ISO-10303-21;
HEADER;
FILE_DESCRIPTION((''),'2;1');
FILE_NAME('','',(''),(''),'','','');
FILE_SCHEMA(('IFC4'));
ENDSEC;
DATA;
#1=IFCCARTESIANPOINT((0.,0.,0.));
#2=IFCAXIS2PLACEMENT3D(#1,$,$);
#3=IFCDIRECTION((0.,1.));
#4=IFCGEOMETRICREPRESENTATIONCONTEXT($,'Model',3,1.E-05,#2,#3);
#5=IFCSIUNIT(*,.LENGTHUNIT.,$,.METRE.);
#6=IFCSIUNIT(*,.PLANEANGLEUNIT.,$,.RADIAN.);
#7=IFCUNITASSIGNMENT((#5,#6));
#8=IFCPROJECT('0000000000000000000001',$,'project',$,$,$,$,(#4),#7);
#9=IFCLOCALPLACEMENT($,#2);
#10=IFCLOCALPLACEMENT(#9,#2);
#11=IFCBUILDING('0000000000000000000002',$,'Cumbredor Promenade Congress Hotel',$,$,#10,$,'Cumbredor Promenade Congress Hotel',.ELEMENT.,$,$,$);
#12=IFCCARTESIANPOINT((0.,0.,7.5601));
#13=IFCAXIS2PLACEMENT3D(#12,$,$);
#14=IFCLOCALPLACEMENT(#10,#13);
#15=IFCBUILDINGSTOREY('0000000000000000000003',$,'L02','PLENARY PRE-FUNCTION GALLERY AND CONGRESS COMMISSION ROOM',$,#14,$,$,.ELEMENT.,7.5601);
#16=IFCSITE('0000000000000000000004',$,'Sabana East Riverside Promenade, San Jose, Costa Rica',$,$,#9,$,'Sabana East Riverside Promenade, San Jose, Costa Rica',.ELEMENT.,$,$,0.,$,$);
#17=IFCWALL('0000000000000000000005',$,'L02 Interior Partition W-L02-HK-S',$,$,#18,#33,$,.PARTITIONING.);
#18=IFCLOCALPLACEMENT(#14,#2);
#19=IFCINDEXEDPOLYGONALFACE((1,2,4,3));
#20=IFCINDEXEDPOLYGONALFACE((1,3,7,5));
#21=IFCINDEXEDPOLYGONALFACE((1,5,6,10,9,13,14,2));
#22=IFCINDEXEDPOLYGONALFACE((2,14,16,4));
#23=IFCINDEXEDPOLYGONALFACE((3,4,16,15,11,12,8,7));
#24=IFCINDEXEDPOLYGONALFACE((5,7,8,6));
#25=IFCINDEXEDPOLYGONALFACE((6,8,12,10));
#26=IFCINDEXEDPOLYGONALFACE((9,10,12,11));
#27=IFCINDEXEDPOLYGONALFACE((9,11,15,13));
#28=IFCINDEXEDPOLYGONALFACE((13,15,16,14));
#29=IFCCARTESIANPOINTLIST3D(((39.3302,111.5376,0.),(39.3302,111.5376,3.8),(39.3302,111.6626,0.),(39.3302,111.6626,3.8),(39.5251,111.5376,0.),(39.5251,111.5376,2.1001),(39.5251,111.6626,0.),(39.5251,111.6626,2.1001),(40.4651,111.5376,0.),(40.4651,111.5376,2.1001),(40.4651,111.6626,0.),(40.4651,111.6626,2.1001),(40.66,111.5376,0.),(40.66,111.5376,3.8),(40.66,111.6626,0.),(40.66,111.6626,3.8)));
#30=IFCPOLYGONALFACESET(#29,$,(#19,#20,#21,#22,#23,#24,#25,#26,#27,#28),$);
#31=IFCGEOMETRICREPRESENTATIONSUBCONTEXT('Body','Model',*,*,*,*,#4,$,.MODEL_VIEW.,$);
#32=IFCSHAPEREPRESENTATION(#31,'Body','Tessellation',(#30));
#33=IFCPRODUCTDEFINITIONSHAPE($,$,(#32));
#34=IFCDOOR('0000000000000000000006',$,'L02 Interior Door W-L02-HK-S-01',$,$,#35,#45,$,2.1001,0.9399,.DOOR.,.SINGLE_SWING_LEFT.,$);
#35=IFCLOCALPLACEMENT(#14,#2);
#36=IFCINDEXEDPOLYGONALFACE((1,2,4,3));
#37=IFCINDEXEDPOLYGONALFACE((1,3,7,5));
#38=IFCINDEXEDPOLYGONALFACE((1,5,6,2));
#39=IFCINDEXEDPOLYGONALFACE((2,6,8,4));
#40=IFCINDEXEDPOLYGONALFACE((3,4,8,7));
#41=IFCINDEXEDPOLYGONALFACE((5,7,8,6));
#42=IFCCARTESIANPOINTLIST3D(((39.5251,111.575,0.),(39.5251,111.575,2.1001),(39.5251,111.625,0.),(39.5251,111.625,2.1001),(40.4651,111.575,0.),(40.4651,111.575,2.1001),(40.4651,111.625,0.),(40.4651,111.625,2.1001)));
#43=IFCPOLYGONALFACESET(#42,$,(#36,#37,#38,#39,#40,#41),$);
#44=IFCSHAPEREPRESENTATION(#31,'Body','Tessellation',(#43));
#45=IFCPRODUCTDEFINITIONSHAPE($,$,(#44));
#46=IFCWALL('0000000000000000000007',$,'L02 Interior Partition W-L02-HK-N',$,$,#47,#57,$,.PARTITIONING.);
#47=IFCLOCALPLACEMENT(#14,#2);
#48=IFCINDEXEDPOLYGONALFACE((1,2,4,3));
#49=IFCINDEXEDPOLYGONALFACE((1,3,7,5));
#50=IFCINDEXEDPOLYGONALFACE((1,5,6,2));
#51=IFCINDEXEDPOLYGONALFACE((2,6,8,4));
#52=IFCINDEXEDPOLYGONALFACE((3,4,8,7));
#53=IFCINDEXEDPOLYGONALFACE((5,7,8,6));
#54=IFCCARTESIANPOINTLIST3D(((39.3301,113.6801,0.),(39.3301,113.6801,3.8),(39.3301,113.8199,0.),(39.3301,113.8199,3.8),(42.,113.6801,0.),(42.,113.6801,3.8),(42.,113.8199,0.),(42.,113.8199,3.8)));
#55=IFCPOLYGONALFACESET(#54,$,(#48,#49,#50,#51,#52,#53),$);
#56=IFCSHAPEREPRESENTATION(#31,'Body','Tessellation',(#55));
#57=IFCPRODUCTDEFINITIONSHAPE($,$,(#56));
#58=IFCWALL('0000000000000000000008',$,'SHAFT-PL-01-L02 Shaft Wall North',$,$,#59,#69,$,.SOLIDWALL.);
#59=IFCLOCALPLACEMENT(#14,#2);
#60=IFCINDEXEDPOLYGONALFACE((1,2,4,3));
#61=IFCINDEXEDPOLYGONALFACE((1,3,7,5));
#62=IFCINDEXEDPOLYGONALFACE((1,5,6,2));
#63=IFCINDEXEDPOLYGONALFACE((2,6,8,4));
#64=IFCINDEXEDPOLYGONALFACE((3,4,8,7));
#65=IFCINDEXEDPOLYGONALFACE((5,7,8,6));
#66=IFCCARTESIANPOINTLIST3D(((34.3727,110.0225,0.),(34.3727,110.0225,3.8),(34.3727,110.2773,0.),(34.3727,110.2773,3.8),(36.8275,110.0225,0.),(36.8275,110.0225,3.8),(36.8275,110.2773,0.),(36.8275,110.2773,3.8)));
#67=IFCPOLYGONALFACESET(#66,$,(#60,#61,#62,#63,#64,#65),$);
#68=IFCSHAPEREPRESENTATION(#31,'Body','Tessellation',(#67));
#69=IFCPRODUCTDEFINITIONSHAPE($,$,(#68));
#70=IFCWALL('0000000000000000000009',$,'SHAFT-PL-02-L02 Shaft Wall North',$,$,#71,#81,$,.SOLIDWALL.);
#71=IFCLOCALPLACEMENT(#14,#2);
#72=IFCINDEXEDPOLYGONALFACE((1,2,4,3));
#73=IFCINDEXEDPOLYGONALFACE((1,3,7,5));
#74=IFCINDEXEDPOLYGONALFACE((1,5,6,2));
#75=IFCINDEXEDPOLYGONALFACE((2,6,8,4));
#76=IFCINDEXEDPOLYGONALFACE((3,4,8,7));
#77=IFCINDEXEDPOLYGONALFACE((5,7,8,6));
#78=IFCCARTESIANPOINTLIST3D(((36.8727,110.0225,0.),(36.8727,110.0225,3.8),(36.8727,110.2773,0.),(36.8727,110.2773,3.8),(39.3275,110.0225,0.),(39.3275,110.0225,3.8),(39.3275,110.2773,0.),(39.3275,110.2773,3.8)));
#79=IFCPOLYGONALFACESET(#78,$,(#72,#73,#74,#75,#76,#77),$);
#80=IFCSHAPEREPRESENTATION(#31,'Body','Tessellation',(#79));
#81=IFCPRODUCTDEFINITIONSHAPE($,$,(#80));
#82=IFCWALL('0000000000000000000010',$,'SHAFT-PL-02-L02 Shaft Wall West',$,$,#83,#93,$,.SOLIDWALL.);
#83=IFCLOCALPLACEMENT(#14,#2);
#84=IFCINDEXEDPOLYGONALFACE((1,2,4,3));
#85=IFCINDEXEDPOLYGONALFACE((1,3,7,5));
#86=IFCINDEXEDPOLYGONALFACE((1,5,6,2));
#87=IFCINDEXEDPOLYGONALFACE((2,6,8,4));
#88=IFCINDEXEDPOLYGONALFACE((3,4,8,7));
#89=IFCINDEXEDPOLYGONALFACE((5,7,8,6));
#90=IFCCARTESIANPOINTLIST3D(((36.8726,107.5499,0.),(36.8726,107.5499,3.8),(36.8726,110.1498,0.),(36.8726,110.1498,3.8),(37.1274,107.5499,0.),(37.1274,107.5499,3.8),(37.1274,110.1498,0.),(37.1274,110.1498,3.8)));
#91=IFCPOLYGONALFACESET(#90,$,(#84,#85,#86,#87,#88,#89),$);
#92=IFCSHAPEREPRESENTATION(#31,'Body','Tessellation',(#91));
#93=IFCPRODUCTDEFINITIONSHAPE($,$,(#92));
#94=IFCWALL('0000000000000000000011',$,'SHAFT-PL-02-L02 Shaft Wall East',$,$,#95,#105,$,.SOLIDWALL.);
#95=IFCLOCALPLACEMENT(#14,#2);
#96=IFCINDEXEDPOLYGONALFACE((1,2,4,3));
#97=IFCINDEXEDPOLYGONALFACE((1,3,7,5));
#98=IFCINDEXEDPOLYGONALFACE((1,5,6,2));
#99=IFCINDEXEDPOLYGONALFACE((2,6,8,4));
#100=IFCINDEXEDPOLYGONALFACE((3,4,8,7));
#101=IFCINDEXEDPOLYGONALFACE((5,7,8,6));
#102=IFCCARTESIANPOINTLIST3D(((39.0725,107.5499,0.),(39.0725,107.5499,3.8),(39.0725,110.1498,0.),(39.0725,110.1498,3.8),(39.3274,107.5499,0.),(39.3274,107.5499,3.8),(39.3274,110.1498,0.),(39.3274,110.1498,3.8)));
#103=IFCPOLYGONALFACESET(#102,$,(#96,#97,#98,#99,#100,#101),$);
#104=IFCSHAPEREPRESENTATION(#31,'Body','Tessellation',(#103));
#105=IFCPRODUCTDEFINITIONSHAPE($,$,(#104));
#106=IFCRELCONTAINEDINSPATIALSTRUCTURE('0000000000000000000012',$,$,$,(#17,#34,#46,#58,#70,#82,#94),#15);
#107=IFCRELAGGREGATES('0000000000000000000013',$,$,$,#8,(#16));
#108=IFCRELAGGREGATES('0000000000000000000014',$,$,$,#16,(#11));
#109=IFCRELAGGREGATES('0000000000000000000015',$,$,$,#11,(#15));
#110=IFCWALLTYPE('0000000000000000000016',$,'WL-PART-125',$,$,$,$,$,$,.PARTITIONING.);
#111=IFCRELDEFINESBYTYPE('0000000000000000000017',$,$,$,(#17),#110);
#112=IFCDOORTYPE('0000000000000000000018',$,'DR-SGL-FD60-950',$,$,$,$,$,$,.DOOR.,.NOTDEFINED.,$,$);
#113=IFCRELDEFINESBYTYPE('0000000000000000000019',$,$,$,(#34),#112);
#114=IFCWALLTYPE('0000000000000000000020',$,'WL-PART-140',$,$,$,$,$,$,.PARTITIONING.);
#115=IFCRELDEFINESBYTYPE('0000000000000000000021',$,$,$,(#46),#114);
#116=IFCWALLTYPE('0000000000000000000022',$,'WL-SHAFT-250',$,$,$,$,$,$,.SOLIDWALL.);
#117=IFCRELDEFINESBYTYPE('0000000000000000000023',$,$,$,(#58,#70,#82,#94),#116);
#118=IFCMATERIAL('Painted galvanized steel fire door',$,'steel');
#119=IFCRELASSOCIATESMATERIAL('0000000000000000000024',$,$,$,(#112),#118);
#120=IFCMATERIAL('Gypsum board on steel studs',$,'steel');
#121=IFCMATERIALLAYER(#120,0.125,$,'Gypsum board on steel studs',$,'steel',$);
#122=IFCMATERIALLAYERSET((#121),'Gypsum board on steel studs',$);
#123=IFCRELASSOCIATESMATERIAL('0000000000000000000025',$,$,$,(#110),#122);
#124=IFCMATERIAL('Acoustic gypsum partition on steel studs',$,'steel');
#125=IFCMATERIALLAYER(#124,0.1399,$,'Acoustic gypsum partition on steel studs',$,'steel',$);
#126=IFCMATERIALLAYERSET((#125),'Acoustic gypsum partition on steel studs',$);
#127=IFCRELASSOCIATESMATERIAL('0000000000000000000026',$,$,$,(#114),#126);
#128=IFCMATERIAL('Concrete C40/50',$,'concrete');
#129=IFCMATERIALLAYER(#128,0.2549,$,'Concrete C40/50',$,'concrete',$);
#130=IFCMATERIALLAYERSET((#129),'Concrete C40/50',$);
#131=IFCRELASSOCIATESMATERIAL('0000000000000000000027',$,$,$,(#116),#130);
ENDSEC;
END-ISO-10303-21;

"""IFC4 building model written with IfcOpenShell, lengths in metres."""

from ifc_helpers import new_model, si_unit, direction, frame, frame_2d, origin, place, context, subcontext, project, spatial, rectangle, extrude, material, layer, layer_set, type_object, element, fill, save


model = new_model("IFC4")

# Units and contexts
model_context = context("Model", 3, precision=1e-05, world=origin(), true_north=direction((0.0, 1.0)))
body_context = subcontext(model_context, "Body", "Model", "MODEL_VIEW")
ifc_project = project(units=[si_unit("LENGTHUNIT", "METRE"), si_unit("PLANEANGLEUNIT", "RADIAN")], contexts=[model_context])

# Site, building, storey
site_placement = place(None, origin())
site = spatial("IfcSite", under=ifc_project, at=site_placement, Name="Sabana East Riverside Promenade, San Jose, Costa Rica", LongName="Sabana East Riverside Promenade, San Jose, Costa Rica", CompositionType="ELEMENT", RefElevation=0.0)
building_placement = place(site_placement, origin())
building = spatial("IfcBuilding", under=site, at=building_placement, Name="Cumbredor Promenade Congress Hotel", LongName="Cumbredor Promenade Congress Hotel", CompositionType="ELEMENT")
storey_placement = place(building_placement, frame((0.0, 0.0, 7.5601)))
storey = spatial("IfcBuildingStorey", under=building, at=storey_placement, Name="L02", Description="PLENARY PRE-FUNCTION GALLERY AND CONGRESS COMMISSION ROOM", CompositionType="ELEMENT", Elevation=7.5601)

# Shared definitions
ifc_material_1 = material(Name="Concrete C40/50", Category="concrete")

# Wall, opening, door
ifc_material_2 = material(Name="Painted galvanized steel fire door", Category="steel")
door_type_1 = type_object("IfcDoorType", Name="DR-SGL-FD60-950", OperationType="NOTDEFINED", PredefinedType="DOOR", material=ifc_material_2)
ifc_material_3 = material(Name="Gypsum board on steel studs", Category="steel")
ifc_layer_1 = layer(ifc_material_3, 0.125, Name="Gypsum board on steel studs", Category="steel")
ifc_layer_set_1 = layer_set([ifc_layer_1], Name="Gypsum board on steel studs")
wall_type_1 = type_object("IfcWallType", Name="WL-PART-125", PredefinedType="PARTITIONING", material=ifc_layer_set_1)
wall_1_placement = place(storey_placement, frame((39.3301, 111.6001, 0.0), z_axis=(0.0, 0.0, 1.0), x_axis=(1.0, 0.0, 0.0)))
wall_1 = element("IfcWall", 1, at=wall_1_placement, inside=storey, type_object=wall_type_1, Name="L02 Interior Partition W-L02-HK-S", PredefinedType="PARTITIONING", context=body_context, shape_type="SweptSolid", body=[
    extrude(rectangle(XDim=1.3298, YDim=0.125, at=frame_2d((0.665, 0.0))), origin(), (0.0, 0.0, 1.0), 3.8),
])
opening_1_placement = place(wall_1_placement, frame((0.1951, 0.0, 0.0)))
opening_1 = element("IfcOpeningElement", 2, at=opening_1_placement, cuts=wall_1, PredefinedType="OPENING", context=body_context, shape_type="SweptSolid", body=[
    extrude(rectangle(XDim=0.9399, YDim=2.1001, at=frame_2d((0.47, 1.05))), frame((0.0, 0.0725, 0.0), z_axis=(0.0, -1.0, 0.0), x_axis=(1.0, 0.0, 0.0)), (0.0, 0.0, 1.0), 0.145),
])
door_1_placement = place(opening_1_placement, origin())
door_1 = element("IfcDoor", 3, at=door_1_placement, inside=storey, type_object=door_type_1, Name="L02 Interior Door W-L02-HK-S-01", OperationType="SINGLE_SWING_LEFT", OverallHeight=2.1001, OverallWidth=0.9399, PredefinedType="DOOR", context=body_context, shape_type="SweptSolid", body=[
    extrude(rectangle(XDim=0.9399, YDim=2.1001, at=frame_2d((0.47, 1.05))), frame((0.0, 0.0249, 0.0), z_axis=(0.0, -1.0, 0.0), x_axis=(1.0, 0.0, 0.0)), (0.0, 0.0, 1.0), 0.05),
])
fill(opening_1, door_1)

# Walls
ifc_material_4 = material(Name="Acoustic gypsum partition on steel studs", Category="steel")
ifc_layer_2 = layer(ifc_material_4, 0.1399, Name="Acoustic gypsum partition on steel studs", Category="steel")
ifc_layer_set_2 = layer_set([ifc_layer_2], Name="Acoustic gypsum partition on steel studs")
wall_type_2 = type_object("IfcWallType", Name="WL-PART-140", PredefinedType="PARTITIONING", material=ifc_layer_set_2)
wall_2_placement = place(storey_placement, frame((39.3301, 113.75, 0.0), z_axis=(0.0, 0.0, 1.0), x_axis=(1.0, 0.0, 0.0)))
element("IfcWall", 4, at=wall_2_placement, inside=storey, type_object=wall_type_2, Name="L02 Interior Partition W-L02-HK-N", PredefinedType="PARTITIONING", context=body_context, shape_type="SweptSolid", body=[
    extrude(rectangle(XDim=2.6699, YDim=0.1399, at=frame_2d((1.335, 0.0))), origin(), (0.0, 0.0, 1.0), 3.8),
])
ifc_layer_3 = layer(ifc_material_1, 0.2549, Name="Concrete C40/50", Category="concrete")
ifc_layer_set_3 = layer_set([ifc_layer_3], Name="Concrete C40/50")
wall_type_3 = type_object("IfcWallType", Name="WL-SHAFT-250", PredefinedType="SOLIDWALL", material=ifc_layer_set_3)
wall_3_placement = place(storey_placement, frame((34.3726, 110.1499, 0.0), z_axis=(0.0, 0.0, 1.0), x_axis=(1.0, 0.0, 0.0)))
element("IfcWall", 5, at=wall_3_placement, inside=storey, type_object=wall_type_3, Name="SHAFT-PL-01-L02 Shaft Wall North", PredefinedType="SOLIDWALL", context=body_context, shape_type="SweptSolid", body=[
    extrude(rectangle(XDim=2.4548, YDim=0.2549, at=frame_2d((1.2275, 0.0))), origin(), (0.0, 0.0, 1.0), 3.8),
])

# Walls
wall_4_placement = place(storey_placement, frame((36.8726, 110.1499, 0.0), z_axis=(0.0, 0.0, 1.0), x_axis=(1.0, 0.0, 0.0)))
element("IfcWall", 6, at=wall_4_placement, inside=storey, type_object=wall_type_3, Name="SHAFT-PL-02-L02 Shaft Wall North", PredefinedType="SOLIDWALL", context=body_context, shape_type="SweptSolid", body=[
    extrude(rectangle(XDim=2.4548, YDim=0.2549, at=frame_2d((1.2275, 0.0))), origin(), (0.0, 0.0, 1.0), 3.8),
])
for number, where, z_axis, x_axis, name in (
    (7, (37.0, 107.55, 0.0), (0.0, 0.0, 1.0), (0.0, 1.0, 0.0), "SHAFT-PL-02-L02 Shaft Wall West"),
    (8, (39.2, 107.55, 0.0), (0.0, 0.0, 1.0), (0.0, 1.0, 0.0), "SHAFT-PL-02-L02 Shaft Wall East"),
):
    element("IfcWall", number, at=place(storey_placement, frame(where, z_axis=z_axis, x_axis=x_axis)), inside=storey, type_object=wall_type_3, Name=name, PredefinedType="SOLIDWALL", context=body_context, shape_type="SweptSolid", body=[
        extrude(rectangle(XDim=2.5999, YDim=0.2549, at=frame_2d((1.2998, 0.0))), origin(), (0.0, 0.0, 1.0), 3.8),
    ])

save(model, "model.ifc")
